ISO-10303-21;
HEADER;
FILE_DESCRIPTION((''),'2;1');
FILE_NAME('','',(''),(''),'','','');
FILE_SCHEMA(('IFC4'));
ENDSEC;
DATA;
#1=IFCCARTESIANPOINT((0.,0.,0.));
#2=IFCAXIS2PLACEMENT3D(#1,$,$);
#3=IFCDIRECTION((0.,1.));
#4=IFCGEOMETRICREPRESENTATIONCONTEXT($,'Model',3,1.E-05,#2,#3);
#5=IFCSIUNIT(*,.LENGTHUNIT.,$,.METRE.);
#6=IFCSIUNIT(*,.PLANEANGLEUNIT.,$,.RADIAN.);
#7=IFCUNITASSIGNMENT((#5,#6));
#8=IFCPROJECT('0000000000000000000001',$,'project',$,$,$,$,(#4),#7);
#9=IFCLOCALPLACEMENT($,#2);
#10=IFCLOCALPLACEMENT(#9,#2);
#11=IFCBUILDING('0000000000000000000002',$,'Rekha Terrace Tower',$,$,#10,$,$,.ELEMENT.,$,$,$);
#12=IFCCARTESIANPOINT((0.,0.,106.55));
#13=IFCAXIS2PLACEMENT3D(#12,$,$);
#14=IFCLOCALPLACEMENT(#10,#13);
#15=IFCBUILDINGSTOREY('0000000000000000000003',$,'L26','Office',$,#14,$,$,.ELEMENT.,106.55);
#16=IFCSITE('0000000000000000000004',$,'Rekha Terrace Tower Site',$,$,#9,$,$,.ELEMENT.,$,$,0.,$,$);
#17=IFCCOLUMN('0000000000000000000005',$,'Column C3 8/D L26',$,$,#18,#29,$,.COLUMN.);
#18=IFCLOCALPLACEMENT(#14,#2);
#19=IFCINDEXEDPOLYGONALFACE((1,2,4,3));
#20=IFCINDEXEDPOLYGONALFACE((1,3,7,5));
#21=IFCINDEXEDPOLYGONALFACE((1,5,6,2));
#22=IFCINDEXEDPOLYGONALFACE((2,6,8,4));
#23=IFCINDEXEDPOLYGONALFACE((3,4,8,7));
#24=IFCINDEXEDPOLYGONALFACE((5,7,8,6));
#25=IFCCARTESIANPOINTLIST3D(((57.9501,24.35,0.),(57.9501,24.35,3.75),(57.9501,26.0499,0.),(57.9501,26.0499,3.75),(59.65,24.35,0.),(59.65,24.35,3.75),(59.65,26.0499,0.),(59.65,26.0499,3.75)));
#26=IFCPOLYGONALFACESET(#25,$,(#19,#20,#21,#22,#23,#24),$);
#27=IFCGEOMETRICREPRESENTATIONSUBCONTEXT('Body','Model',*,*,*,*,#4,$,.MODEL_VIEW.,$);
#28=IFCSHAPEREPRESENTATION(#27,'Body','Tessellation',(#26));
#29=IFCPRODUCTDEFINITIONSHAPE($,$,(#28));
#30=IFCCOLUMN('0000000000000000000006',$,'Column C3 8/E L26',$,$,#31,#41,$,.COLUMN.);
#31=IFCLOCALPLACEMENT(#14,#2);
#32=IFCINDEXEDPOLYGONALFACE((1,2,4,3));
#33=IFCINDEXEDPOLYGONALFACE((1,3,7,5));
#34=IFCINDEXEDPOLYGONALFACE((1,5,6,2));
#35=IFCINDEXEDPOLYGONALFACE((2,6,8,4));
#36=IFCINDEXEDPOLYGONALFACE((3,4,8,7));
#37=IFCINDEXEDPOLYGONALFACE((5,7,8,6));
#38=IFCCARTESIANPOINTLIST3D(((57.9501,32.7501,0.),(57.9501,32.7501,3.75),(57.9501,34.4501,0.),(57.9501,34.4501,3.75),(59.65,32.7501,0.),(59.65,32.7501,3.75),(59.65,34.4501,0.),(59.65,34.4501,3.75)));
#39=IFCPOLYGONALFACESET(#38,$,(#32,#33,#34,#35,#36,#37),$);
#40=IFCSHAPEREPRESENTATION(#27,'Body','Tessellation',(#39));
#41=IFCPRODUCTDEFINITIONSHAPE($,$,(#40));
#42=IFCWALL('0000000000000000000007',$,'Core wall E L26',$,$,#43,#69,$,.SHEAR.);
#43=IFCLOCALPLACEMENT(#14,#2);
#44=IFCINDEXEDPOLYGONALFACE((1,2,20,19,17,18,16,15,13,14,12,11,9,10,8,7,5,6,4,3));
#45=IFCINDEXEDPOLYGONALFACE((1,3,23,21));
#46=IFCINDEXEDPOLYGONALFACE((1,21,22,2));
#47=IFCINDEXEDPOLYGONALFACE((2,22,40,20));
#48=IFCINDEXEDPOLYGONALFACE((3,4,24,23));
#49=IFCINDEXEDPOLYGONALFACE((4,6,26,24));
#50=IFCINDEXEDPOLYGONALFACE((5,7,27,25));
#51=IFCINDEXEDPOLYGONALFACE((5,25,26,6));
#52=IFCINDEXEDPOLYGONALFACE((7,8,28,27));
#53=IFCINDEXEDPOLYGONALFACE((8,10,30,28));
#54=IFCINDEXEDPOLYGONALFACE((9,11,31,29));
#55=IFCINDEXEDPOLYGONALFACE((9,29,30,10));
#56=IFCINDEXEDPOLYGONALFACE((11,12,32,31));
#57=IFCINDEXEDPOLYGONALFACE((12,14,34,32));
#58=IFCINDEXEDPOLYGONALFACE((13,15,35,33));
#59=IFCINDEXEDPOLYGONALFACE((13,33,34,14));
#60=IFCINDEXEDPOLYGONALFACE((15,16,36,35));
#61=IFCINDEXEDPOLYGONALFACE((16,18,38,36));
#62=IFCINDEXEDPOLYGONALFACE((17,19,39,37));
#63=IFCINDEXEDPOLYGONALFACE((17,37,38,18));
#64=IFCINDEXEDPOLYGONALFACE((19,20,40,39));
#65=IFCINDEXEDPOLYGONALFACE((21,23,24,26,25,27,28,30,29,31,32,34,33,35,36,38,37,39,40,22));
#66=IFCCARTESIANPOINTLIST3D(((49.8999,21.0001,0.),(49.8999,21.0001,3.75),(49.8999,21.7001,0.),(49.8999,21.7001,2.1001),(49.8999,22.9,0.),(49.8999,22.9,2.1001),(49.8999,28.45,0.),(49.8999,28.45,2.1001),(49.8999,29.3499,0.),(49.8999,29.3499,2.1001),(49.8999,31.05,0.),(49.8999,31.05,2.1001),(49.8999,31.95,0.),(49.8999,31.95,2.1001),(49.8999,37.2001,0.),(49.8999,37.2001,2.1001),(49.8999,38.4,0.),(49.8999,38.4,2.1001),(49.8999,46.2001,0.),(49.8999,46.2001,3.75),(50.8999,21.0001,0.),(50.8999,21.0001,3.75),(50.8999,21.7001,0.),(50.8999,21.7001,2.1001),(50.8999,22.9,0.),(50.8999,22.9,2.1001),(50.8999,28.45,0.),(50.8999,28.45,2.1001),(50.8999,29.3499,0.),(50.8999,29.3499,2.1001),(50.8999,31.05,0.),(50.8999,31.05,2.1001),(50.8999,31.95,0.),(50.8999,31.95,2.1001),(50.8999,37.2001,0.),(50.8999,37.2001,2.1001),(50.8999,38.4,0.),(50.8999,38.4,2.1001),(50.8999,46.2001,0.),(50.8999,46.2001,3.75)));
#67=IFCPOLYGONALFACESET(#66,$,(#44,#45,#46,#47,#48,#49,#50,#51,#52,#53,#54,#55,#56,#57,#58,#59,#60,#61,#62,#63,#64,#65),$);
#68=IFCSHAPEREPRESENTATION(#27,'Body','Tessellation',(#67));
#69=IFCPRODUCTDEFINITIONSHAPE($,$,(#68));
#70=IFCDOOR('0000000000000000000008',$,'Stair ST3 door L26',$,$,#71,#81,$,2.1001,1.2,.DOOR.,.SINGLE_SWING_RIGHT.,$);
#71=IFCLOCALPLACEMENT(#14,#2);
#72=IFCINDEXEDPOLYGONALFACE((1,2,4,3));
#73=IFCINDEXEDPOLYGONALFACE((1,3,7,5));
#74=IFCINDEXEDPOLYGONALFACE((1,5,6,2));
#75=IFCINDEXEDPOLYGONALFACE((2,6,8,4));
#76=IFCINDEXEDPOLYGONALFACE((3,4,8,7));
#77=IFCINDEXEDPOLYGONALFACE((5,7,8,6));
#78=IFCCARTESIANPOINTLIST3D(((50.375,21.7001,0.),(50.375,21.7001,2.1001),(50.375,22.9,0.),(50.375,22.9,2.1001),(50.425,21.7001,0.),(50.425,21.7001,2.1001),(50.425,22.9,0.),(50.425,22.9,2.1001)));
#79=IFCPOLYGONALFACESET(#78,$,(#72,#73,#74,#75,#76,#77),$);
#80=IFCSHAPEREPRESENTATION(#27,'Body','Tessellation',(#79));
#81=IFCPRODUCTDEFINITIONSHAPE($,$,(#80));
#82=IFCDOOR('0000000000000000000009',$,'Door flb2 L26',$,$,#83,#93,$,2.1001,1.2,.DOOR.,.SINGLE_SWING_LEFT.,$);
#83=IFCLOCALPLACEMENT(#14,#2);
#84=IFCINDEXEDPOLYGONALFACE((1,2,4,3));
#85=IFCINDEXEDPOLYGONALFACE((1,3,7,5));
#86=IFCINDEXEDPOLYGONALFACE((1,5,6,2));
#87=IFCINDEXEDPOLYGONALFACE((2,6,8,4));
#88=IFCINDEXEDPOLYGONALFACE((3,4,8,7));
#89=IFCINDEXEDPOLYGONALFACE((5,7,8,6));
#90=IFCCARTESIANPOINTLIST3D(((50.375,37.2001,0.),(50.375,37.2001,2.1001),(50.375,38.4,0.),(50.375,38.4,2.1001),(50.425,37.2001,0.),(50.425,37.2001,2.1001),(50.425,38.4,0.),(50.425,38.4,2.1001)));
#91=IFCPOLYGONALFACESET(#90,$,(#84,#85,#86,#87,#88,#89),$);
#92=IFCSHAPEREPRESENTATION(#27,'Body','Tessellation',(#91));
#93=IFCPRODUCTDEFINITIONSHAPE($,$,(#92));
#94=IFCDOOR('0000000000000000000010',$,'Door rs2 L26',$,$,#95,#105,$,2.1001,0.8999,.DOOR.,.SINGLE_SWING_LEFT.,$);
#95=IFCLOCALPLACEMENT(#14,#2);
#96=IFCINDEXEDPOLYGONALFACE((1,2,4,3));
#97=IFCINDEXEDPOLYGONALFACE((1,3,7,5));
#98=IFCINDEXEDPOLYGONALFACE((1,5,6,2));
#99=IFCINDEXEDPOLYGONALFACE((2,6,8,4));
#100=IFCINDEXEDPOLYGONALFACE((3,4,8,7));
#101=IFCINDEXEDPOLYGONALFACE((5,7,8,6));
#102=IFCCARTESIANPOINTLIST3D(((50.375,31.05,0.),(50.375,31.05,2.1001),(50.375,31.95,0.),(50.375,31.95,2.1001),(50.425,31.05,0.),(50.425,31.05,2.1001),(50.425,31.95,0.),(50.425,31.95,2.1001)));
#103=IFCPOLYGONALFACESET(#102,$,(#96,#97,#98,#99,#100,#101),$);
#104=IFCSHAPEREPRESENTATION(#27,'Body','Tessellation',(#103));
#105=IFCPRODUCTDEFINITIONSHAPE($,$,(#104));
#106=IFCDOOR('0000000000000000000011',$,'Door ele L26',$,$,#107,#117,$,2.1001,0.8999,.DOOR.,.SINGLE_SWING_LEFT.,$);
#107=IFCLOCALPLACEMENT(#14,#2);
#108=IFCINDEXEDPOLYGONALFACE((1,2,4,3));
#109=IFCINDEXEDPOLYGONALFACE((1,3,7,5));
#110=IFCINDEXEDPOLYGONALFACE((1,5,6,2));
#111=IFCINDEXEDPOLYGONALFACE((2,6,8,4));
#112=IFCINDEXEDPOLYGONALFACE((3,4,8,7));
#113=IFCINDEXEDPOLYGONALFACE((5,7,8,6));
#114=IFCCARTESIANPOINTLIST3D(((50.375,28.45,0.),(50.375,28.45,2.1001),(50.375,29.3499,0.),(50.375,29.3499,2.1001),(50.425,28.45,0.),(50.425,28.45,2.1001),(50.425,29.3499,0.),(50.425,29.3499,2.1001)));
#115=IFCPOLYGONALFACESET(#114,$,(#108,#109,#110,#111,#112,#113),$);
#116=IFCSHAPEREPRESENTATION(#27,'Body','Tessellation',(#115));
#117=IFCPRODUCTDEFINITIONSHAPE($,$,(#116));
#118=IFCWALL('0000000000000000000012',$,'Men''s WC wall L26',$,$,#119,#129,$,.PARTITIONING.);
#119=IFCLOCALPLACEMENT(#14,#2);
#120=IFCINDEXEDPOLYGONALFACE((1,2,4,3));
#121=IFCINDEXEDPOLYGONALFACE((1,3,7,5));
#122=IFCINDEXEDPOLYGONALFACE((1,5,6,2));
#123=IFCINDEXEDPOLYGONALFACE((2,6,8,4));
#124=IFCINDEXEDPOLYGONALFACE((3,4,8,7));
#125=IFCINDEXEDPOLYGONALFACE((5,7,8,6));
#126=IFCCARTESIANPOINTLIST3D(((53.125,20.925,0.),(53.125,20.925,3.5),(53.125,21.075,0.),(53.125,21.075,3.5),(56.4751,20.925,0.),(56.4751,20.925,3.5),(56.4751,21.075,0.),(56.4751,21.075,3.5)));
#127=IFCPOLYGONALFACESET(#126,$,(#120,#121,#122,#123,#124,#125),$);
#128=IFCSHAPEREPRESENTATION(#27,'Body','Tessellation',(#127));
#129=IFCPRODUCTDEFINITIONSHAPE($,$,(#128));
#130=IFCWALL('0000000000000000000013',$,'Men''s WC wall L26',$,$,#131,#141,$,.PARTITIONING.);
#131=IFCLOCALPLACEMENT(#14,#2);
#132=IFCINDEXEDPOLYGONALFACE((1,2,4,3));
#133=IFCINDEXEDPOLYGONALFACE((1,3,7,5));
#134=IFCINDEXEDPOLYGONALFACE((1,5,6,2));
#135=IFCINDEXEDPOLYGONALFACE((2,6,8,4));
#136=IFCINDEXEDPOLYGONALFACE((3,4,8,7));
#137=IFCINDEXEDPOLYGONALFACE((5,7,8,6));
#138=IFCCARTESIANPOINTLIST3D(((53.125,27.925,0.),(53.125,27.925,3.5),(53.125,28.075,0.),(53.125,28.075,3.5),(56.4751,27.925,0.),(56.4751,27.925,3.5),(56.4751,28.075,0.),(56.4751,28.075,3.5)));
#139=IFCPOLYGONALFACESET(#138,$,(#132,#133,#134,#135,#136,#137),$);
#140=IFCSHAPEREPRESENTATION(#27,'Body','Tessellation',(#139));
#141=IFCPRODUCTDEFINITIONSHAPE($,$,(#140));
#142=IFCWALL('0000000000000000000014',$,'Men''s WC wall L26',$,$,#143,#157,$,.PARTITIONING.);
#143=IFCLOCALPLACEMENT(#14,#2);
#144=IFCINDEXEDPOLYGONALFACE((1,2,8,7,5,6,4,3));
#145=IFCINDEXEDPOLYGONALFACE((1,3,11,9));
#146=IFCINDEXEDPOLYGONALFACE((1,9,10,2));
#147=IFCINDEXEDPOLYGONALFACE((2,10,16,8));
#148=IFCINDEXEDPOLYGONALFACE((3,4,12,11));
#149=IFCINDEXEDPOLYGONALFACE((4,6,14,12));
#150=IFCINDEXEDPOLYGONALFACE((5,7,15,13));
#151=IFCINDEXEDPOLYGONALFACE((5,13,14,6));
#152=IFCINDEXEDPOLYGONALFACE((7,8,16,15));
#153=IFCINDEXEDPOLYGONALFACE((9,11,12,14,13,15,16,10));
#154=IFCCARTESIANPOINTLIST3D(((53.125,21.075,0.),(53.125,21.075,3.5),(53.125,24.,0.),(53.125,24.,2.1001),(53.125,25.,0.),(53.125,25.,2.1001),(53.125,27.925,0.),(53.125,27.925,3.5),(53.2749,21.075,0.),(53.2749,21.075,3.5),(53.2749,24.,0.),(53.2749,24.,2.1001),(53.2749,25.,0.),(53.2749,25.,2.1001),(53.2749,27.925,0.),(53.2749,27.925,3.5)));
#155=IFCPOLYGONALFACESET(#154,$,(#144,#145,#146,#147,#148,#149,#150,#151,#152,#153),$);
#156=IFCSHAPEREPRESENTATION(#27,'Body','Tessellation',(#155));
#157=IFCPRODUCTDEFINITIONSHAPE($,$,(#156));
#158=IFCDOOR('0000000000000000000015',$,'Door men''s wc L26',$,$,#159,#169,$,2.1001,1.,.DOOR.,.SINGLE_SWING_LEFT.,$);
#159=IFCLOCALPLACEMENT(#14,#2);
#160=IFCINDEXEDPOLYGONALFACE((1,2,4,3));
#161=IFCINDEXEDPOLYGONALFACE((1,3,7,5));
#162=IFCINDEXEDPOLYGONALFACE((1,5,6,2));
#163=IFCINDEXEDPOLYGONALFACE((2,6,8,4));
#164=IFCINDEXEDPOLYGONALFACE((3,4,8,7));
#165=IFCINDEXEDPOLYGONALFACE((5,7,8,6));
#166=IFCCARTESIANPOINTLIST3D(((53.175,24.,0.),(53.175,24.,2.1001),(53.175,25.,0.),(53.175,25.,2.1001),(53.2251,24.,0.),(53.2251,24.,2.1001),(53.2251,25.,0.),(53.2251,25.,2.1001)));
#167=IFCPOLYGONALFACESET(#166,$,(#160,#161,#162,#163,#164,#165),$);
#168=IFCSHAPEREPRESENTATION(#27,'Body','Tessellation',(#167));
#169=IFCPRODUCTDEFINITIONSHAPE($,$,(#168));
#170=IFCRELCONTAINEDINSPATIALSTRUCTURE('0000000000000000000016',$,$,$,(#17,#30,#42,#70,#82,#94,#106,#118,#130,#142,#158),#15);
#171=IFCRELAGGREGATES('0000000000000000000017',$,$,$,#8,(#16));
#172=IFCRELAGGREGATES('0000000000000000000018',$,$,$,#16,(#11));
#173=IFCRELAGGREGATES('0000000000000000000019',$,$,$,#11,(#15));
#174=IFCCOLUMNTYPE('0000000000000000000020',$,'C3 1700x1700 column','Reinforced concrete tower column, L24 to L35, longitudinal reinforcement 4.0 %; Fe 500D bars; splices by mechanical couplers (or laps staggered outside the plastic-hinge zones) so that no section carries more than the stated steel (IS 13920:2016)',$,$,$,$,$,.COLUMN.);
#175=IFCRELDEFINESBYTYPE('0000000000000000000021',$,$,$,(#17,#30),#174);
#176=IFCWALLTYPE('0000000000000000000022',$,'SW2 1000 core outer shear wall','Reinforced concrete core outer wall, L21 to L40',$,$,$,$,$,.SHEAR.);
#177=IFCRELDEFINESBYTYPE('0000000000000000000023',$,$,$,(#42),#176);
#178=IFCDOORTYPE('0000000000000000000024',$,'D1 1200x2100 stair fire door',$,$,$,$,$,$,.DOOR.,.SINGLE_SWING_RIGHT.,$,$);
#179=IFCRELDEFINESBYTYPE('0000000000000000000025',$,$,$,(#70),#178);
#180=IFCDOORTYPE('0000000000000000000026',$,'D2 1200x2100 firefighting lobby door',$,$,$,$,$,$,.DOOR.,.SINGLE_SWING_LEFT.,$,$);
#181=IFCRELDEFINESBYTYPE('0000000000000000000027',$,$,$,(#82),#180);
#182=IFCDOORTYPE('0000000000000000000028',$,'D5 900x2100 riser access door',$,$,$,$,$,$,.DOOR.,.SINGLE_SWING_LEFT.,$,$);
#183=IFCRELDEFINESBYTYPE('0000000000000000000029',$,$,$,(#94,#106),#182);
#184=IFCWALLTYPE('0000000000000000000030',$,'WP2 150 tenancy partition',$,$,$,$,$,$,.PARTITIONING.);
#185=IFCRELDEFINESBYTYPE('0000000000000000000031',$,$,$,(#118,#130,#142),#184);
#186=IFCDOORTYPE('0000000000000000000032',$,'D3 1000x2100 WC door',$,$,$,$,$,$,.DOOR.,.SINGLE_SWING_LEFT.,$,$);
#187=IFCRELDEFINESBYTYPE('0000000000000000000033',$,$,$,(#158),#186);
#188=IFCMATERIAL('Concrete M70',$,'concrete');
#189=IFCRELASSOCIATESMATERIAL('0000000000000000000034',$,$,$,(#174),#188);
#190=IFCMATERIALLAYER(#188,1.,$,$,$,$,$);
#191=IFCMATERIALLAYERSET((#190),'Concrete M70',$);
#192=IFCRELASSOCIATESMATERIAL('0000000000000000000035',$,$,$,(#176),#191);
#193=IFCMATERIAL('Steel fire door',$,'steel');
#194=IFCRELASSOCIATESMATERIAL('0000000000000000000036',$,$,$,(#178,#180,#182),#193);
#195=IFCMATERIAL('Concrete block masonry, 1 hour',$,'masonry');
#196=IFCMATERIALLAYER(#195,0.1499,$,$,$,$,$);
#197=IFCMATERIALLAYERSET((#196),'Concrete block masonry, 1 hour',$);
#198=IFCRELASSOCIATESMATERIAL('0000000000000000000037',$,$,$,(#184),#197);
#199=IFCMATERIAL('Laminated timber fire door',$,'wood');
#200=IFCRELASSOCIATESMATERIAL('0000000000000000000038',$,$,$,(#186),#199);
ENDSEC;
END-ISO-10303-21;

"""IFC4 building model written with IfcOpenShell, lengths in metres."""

from ifc_helpers import new_model, si_unit, direction, frame, frame_2d, origin, origin_2d, place, context, subcontext, project, spatial, rectangle, extrude, material, layer, layer_set, material_profile, profile_set, type_object, element, fill, save


model = new_model("IFC4")

# Units and contexts
model_context = context("Model", 3, precision=1e-05, world=origin(), true_north=direction((0.0, 1.0)))
body_context = subcontext(model_context, "Body", "Model", "MODEL_VIEW")
ifc_project = project(units=[si_unit("LENGTHUNIT", "METRE"), si_unit("PLANEANGLEUNIT", "RADIAN")], contexts=[model_context])

# Site, building, storey
site_placement = place(None, origin())
site = spatial("IfcSite", under=ifc_project, at=site_placement, Name="Rekha Terrace Tower Site", CompositionType="ELEMENT", RefElevation=0.0)
building_placement = place(site_placement, origin())
building = spatial("IfcBuilding", under=site, at=building_placement, Name="Rekha Terrace Tower", CompositionType="ELEMENT")
storey_placement = place(building_placement, frame((0.0, 0.0, 106.55)))
storey = spatial("IfcBuildingStorey", under=building, at=storey_placement, Name="L26", Description="Office", CompositionType="ELEMENT", Elevation=106.55)

# Columns
ifc_material_1 = material(Name="Concrete M70", Category="concrete")
ifc_material_profile = material_profile(ifc_material_1, rectangle(XDim=1.7, YDim=1.7, at=origin_2d()), Name="RC 1700x1700")
ifc_profile_set = profile_set([ifc_material_profile], Name="Concrete M70")
column_type = type_object("IfcColumnType", Name="C3 1700x1700 column", Description="Reinforced concrete tower column, L24 to L35, longitudinal reinforcement 4.0 %; Fe 500D bars; splices by mechanical couplers (or laps staggered outside the plastic-hinge zones) so that no section carries more than the stated steel (IS 13920:2016)", PredefinedType="COLUMN", material=ifc_profile_set)
for number, where, z_axis, x_axis, name in (
    (1, (58.8, 25.2, 0.0), (0.0, 0.0, 1.0), (1.0, 0.0, 0.0), "Column C3 8/D L26"),
    (2, (58.8, 33.6001, 0.0), (0.0, 0.0, 1.0), (1.0, 0.0, 0.0), "Column C3 8/E L26"),
):
    element("IfcColumn", number, at=place(storey_placement, frame(where, z_axis=z_axis, x_axis=x_axis)), inside=storey, type_object=column_type, Name=name, PredefinedType="COLUMN", context=body_context, shape_type="SweptSolid", body=[
        extrude(rectangle(XDim=1.7, YDim=1.7, at=origin_2d()), origin(), (0.0, 0.0, 1.0), 3.75),
    ])

# Wall, openings, doors
ifc_layer_1 = layer(ifc_material_1, 1.0)
ifc_layer_set_1 = layer_set([ifc_layer_1], Name="Concrete M70")
wall_type_1 = type_object("IfcWallType", Name="SW2 1000 core outer shear wall", Description="Reinforced concrete core outer wall, L21 to L40", PredefinedType="SHEAR", material=ifc_layer_set_1)
wall_1_placement = place(storey_placement, frame((50.3999, 21.0, 0.0), z_axis=(0.0, 0.0, 1.0), x_axis=(0.0, 1.0, 0.0)))
wall_1 = element("IfcWall", 3, at=wall_1_placement, inside=storey, type_object=wall_type_1, Name="Core wall E L26", PredefinedType="SHEAR", context=body_context, shape_type="SweptSolid", body=[
    extrude(rectangle(XDim=25.2, YDim=1.0, at=frame_2d((12.6001, 0.0))), origin(), (0.0, 0.0, 1.0), 3.75),
])
opening_1_placement = place(wall_1_placement, frame((16.2, 0.0, 0.0)))
opening_1 = element("IfcOpeningElement", 4, at=opening_1_placement, cuts=wall_1, PredefinedType="OPENING", context=body_context, shape_type="SweptSolid", body=[
    extrude(rectangle(XDim=1.2, YDim=2.1001, at=frame_2d((0.6001, 1.05))), frame((0.0, 0.51, 0.0), z_axis=(0.0, -1.0, 0.0), x_axis=(1.0, 0.0, 0.0)), (0.0, 0.0, 1.0), 1.02),
])
opening_2_placement = place(wall_1_placement, frame((10.05, 0.0, 0.0)))
opening_2 = element("IfcOpeningElement", 5, at=opening_2_placement, cuts=wall_1, PredefinedType="OPENING", context=body_context, shape_type="SweptSolid", body=[
    extrude(rectangle(XDim=0.8999, YDim=2.1001, at=frame_2d((0.45, 1.05))), frame((0.0, 0.51, 0.0), z_axis=(0.0, -1.0, 0.0), x_axis=(1.0, 0.0, 0.0)), (0.0, 0.0, 1.0), 1.02),
])
opening_3_placement = place(wall_1_placement, frame((7.45, 0.0, 0.0)))
opening_3 = element("IfcOpeningElement", 6, at=opening_3_placement, cuts=wall_1, PredefinedType="OPENING", context=body_context, shape_type="SweptSolid", body=[
    extrude(rectangle(XDim=0.8999, YDim=2.1001, at=frame_2d((0.45, 1.05))), frame((0.0, 0.51, 0.0), z_axis=(0.0, -1.0, 0.0), x_axis=(1.0, 0.0, 0.0)), (0.0, 0.0, 1.0), 1.02),
])
opening_4_placement = place(wall_1_placement, frame((0.7, 0.0, 0.0)))
opening_4 = element("IfcOpeningElement", 7, at=opening_4_placement, cuts=wall_1, PredefinedType="OPENING", context=body_context, shape_type="SweptSolid", body=[
    extrude(rectangle(XDim=1.2, YDim=2.1001, at=frame_2d((0.6001, 1.05))), frame((0.0, 0.51, 0.0), z_axis=(0.0, -1.0, 0.0), x_axis=(1.0, 0.0, 0.0)), (0.0, 0.0, 1.0), 1.02),
])
ifc_material_2 = material(Name="Steel fire door", Category="steel")
door_type_1 = type_object("IfcDoorType", Name="D1 1200x2100 stair fire door", OperationType="SINGLE_SWING_RIGHT", PredefinedType="DOOR", material=ifc_material_2)
door_1_placement = place(opening_4_placement, origin())
door_1 = element("IfcDoor", 8, at=door_1_placement, inside=storey, type_object=door_type_1, Name="Stair ST3 door L26", OperationType="SINGLE_SWING_RIGHT", OverallHeight=2.1001, OverallWidth=1.2, PredefinedType="DOOR", context=body_context, shape_type="SweptSolid", body=[
    extrude(rectangle(XDim=1.2, YDim=2.1001, at=frame_2d((0.6001, 1.05))), frame((0.0, 0.0249, 0.0), z_axis=(0.0, -1.0, 0.0), x_axis=(1.0, 0.0, 0.0)), (0.0, 0.0, 1.0), 0.05),
])
fill(opening_4, door_1)
door_type_2 = type_object("IfcDoorType", Name="D2 1200x2100 firefighting lobby door", OperationType="SINGLE_SWING_LEFT", PredefinedType="DOOR", material=ifc_material_2)
door_2_placement = place(opening_1_placement, origin())
door_2 = element("IfcDoor", 9, at=door_2_placement, inside=storey, type_object=door_type_2, Name="Door flb2 L26", OperationType="SINGLE_SWING_LEFT", OverallHeight=2.1001, OverallWidth=1.2, PredefinedType="DOOR", context=body_context, shape_type="SweptSolid", body=[
    extrude(rectangle(XDim=1.2, YDim=2.1001, at=frame_2d((0.6001, 1.05))), frame((0.0, 0.0249, 0.0), z_axis=(0.0, -1.0, 0.0), x_axis=(1.0, 0.0, 0.0)), (0.0, 0.0, 1.0), 0.05),
])
fill(opening_1, door_2)
door_type_3 = type_object("IfcDoorType", Name="D5 900x2100 riser access door", OperationType="SINGLE_SWING_LEFT", PredefinedType="DOOR", material=ifc_material_2)
door_3_placement = place(opening_2_placement, origin())
door_3 = element("IfcDoor", 10, at=door_3_placement, inside=storey, type_object=door_type_3, Name="Door rs2 L26", OperationType="SINGLE_SWING_LEFT", OverallHeight=2.1001, OverallWidth=0.8999, PredefinedType="DOOR", context=body_context, shape_type="SweptSolid", body=[
    extrude(rectangle(XDim=0.8999, YDim=2.1001, at=frame_2d((0.45, 1.05))), frame((0.0, 0.0249, 0.0), z_axis=(0.0, -1.0, 0.0), x_axis=(1.0, 0.0, 0.0)), (0.0, 0.0, 1.0), 0.05),
])
fill(opening_2, door_3)
door_4_placement = place(opening_3_placement, origin())
door_4 = element("IfcDoor", 11, at=door_4_placement, inside=storey, type_object=door_type_3, Name="Door ele L26", OperationType="SINGLE_SWING_LEFT", OverallHeight=2.1001, OverallWidth=0.8999, PredefinedType="DOOR", context=body_context, shape_type="SweptSolid", body=[
    extrude(rectangle(XDim=0.8999, YDim=2.1001, at=frame_2d((0.45, 1.05))), frame((0.0, 0.0249, 0.0), z_axis=(0.0, -1.0, 0.0), x_axis=(1.0, 0.0, 0.0)), (0.0, 0.0, 1.0), 0.05),
])
fill(opening_3, door_4)

# Walls
ifc_material_3 = material(Name="Concrete block masonry, 1 hour", Category="masonry")
ifc_layer_2 = layer(ifc_material_3, 0.1499)
ifc_layer_set_2 = layer_set([ifc_layer_2], Name="Concrete block masonry, 1 hour")
wall_type_2 = type_object("IfcWallType", Name="WP2 150 tenancy partition", PredefinedType="PARTITIONING", material=ifc_layer_set_2)
for number, where, z_axis, x_axis, name in (
    (12, (53.125, 21.0, 0.0), (0.0, 0.0, 1.0), (1.0, 0.0, 0.0), "Men's WC wall L26"),
    (13, (53.125, 28.0, 0.0), (0.0, 0.0, 1.0), (1.0, 0.0, 0.0), "Men's WC wall L26"),
):
    element("IfcWall", number, at=place(storey_placement, frame(where, z_axis=z_axis, x_axis=x_axis)), inside=storey, type_object=wall_type_2, Name=name, PredefinedType="PARTITIONING", context=body_context, shape_type="SweptSolid", body=[
        extrude(rectangle(XDim=3.3501, YDim=0.1499, at=frame_2d((1.675, 0.0))), origin(), (0.0, 0.0, 1.0), 3.5),
    ])

# Wall, opening, door
wall_2_placement = place(storey_placement, frame((53.2, 21.075, 0.0), z_axis=(0.0, 0.0, 1.0), x_axis=(0.0, 1.0, 0.0)))
wall_2 = element("IfcWall", 14, at=wall_2_placement, inside=storey, type_object=wall_type_2, Name="Men's WC wall L26", PredefinedType="PARTITIONING", context=body_context, shape_type="SweptSolid", body=[
    extrude(rectangle(XDim=6.8501, YDim=0.1499, at=frame_2d((3.425, 0.0))), origin(), (0.0, 0.0, 1.0), 3.5),
])
opening_5_placement = place(wall_2_placement, frame((2.925, 0.0, 0.0)))
opening_5 = element("IfcOpeningElement", 15, at=opening_5_placement, cuts=wall_2, PredefinedType="OPENING", context=body_context, shape_type="SweptSolid", body=[
    extrude(rectangle(XDim=1.0, YDim=2.1001, at=frame_2d((0.5, 1.05))), frame((0.0, 0.085, 0.0), z_axis=(0.0, -1.0, 0.0), x_axis=(1.0, 0.0, 0.0)), (0.0, 0.0, 1.0), 0.1699),
])
ifc_material_4 = material(Name="Laminated timber fire door", Category="wood")
door_type_4 = type_object("IfcDoorType", Name="D3 1000x2100 WC door", OperationType="SINGLE_SWING_LEFT", PredefinedType="DOOR", material=ifc_material_4)
door_5_placement = place(opening_5_placement, origin())
door_5 = element("IfcDoor", 16, at=door_5_placement, inside=storey, type_object=door_type_4, Name="Door men's wc L26", OperationType="SINGLE_SWING_LEFT", OverallHeight=2.1001, OverallWidth=1.0, PredefinedType="DOOR", context=body_context, shape_type="SweptSolid", body=[
    extrude(rectangle(XDim=1.0, YDim=2.1001, at=frame_2d((0.5, 1.05))), frame((0.0, 0.0249, 0.0), z_axis=(0.0, -1.0, 0.0), x_axis=(1.0, 0.0, 0.0)), (0.0, 0.0, 1.0), 0.05),
])
fill(opening_5, door_5)

save(model, "model.ifc")
